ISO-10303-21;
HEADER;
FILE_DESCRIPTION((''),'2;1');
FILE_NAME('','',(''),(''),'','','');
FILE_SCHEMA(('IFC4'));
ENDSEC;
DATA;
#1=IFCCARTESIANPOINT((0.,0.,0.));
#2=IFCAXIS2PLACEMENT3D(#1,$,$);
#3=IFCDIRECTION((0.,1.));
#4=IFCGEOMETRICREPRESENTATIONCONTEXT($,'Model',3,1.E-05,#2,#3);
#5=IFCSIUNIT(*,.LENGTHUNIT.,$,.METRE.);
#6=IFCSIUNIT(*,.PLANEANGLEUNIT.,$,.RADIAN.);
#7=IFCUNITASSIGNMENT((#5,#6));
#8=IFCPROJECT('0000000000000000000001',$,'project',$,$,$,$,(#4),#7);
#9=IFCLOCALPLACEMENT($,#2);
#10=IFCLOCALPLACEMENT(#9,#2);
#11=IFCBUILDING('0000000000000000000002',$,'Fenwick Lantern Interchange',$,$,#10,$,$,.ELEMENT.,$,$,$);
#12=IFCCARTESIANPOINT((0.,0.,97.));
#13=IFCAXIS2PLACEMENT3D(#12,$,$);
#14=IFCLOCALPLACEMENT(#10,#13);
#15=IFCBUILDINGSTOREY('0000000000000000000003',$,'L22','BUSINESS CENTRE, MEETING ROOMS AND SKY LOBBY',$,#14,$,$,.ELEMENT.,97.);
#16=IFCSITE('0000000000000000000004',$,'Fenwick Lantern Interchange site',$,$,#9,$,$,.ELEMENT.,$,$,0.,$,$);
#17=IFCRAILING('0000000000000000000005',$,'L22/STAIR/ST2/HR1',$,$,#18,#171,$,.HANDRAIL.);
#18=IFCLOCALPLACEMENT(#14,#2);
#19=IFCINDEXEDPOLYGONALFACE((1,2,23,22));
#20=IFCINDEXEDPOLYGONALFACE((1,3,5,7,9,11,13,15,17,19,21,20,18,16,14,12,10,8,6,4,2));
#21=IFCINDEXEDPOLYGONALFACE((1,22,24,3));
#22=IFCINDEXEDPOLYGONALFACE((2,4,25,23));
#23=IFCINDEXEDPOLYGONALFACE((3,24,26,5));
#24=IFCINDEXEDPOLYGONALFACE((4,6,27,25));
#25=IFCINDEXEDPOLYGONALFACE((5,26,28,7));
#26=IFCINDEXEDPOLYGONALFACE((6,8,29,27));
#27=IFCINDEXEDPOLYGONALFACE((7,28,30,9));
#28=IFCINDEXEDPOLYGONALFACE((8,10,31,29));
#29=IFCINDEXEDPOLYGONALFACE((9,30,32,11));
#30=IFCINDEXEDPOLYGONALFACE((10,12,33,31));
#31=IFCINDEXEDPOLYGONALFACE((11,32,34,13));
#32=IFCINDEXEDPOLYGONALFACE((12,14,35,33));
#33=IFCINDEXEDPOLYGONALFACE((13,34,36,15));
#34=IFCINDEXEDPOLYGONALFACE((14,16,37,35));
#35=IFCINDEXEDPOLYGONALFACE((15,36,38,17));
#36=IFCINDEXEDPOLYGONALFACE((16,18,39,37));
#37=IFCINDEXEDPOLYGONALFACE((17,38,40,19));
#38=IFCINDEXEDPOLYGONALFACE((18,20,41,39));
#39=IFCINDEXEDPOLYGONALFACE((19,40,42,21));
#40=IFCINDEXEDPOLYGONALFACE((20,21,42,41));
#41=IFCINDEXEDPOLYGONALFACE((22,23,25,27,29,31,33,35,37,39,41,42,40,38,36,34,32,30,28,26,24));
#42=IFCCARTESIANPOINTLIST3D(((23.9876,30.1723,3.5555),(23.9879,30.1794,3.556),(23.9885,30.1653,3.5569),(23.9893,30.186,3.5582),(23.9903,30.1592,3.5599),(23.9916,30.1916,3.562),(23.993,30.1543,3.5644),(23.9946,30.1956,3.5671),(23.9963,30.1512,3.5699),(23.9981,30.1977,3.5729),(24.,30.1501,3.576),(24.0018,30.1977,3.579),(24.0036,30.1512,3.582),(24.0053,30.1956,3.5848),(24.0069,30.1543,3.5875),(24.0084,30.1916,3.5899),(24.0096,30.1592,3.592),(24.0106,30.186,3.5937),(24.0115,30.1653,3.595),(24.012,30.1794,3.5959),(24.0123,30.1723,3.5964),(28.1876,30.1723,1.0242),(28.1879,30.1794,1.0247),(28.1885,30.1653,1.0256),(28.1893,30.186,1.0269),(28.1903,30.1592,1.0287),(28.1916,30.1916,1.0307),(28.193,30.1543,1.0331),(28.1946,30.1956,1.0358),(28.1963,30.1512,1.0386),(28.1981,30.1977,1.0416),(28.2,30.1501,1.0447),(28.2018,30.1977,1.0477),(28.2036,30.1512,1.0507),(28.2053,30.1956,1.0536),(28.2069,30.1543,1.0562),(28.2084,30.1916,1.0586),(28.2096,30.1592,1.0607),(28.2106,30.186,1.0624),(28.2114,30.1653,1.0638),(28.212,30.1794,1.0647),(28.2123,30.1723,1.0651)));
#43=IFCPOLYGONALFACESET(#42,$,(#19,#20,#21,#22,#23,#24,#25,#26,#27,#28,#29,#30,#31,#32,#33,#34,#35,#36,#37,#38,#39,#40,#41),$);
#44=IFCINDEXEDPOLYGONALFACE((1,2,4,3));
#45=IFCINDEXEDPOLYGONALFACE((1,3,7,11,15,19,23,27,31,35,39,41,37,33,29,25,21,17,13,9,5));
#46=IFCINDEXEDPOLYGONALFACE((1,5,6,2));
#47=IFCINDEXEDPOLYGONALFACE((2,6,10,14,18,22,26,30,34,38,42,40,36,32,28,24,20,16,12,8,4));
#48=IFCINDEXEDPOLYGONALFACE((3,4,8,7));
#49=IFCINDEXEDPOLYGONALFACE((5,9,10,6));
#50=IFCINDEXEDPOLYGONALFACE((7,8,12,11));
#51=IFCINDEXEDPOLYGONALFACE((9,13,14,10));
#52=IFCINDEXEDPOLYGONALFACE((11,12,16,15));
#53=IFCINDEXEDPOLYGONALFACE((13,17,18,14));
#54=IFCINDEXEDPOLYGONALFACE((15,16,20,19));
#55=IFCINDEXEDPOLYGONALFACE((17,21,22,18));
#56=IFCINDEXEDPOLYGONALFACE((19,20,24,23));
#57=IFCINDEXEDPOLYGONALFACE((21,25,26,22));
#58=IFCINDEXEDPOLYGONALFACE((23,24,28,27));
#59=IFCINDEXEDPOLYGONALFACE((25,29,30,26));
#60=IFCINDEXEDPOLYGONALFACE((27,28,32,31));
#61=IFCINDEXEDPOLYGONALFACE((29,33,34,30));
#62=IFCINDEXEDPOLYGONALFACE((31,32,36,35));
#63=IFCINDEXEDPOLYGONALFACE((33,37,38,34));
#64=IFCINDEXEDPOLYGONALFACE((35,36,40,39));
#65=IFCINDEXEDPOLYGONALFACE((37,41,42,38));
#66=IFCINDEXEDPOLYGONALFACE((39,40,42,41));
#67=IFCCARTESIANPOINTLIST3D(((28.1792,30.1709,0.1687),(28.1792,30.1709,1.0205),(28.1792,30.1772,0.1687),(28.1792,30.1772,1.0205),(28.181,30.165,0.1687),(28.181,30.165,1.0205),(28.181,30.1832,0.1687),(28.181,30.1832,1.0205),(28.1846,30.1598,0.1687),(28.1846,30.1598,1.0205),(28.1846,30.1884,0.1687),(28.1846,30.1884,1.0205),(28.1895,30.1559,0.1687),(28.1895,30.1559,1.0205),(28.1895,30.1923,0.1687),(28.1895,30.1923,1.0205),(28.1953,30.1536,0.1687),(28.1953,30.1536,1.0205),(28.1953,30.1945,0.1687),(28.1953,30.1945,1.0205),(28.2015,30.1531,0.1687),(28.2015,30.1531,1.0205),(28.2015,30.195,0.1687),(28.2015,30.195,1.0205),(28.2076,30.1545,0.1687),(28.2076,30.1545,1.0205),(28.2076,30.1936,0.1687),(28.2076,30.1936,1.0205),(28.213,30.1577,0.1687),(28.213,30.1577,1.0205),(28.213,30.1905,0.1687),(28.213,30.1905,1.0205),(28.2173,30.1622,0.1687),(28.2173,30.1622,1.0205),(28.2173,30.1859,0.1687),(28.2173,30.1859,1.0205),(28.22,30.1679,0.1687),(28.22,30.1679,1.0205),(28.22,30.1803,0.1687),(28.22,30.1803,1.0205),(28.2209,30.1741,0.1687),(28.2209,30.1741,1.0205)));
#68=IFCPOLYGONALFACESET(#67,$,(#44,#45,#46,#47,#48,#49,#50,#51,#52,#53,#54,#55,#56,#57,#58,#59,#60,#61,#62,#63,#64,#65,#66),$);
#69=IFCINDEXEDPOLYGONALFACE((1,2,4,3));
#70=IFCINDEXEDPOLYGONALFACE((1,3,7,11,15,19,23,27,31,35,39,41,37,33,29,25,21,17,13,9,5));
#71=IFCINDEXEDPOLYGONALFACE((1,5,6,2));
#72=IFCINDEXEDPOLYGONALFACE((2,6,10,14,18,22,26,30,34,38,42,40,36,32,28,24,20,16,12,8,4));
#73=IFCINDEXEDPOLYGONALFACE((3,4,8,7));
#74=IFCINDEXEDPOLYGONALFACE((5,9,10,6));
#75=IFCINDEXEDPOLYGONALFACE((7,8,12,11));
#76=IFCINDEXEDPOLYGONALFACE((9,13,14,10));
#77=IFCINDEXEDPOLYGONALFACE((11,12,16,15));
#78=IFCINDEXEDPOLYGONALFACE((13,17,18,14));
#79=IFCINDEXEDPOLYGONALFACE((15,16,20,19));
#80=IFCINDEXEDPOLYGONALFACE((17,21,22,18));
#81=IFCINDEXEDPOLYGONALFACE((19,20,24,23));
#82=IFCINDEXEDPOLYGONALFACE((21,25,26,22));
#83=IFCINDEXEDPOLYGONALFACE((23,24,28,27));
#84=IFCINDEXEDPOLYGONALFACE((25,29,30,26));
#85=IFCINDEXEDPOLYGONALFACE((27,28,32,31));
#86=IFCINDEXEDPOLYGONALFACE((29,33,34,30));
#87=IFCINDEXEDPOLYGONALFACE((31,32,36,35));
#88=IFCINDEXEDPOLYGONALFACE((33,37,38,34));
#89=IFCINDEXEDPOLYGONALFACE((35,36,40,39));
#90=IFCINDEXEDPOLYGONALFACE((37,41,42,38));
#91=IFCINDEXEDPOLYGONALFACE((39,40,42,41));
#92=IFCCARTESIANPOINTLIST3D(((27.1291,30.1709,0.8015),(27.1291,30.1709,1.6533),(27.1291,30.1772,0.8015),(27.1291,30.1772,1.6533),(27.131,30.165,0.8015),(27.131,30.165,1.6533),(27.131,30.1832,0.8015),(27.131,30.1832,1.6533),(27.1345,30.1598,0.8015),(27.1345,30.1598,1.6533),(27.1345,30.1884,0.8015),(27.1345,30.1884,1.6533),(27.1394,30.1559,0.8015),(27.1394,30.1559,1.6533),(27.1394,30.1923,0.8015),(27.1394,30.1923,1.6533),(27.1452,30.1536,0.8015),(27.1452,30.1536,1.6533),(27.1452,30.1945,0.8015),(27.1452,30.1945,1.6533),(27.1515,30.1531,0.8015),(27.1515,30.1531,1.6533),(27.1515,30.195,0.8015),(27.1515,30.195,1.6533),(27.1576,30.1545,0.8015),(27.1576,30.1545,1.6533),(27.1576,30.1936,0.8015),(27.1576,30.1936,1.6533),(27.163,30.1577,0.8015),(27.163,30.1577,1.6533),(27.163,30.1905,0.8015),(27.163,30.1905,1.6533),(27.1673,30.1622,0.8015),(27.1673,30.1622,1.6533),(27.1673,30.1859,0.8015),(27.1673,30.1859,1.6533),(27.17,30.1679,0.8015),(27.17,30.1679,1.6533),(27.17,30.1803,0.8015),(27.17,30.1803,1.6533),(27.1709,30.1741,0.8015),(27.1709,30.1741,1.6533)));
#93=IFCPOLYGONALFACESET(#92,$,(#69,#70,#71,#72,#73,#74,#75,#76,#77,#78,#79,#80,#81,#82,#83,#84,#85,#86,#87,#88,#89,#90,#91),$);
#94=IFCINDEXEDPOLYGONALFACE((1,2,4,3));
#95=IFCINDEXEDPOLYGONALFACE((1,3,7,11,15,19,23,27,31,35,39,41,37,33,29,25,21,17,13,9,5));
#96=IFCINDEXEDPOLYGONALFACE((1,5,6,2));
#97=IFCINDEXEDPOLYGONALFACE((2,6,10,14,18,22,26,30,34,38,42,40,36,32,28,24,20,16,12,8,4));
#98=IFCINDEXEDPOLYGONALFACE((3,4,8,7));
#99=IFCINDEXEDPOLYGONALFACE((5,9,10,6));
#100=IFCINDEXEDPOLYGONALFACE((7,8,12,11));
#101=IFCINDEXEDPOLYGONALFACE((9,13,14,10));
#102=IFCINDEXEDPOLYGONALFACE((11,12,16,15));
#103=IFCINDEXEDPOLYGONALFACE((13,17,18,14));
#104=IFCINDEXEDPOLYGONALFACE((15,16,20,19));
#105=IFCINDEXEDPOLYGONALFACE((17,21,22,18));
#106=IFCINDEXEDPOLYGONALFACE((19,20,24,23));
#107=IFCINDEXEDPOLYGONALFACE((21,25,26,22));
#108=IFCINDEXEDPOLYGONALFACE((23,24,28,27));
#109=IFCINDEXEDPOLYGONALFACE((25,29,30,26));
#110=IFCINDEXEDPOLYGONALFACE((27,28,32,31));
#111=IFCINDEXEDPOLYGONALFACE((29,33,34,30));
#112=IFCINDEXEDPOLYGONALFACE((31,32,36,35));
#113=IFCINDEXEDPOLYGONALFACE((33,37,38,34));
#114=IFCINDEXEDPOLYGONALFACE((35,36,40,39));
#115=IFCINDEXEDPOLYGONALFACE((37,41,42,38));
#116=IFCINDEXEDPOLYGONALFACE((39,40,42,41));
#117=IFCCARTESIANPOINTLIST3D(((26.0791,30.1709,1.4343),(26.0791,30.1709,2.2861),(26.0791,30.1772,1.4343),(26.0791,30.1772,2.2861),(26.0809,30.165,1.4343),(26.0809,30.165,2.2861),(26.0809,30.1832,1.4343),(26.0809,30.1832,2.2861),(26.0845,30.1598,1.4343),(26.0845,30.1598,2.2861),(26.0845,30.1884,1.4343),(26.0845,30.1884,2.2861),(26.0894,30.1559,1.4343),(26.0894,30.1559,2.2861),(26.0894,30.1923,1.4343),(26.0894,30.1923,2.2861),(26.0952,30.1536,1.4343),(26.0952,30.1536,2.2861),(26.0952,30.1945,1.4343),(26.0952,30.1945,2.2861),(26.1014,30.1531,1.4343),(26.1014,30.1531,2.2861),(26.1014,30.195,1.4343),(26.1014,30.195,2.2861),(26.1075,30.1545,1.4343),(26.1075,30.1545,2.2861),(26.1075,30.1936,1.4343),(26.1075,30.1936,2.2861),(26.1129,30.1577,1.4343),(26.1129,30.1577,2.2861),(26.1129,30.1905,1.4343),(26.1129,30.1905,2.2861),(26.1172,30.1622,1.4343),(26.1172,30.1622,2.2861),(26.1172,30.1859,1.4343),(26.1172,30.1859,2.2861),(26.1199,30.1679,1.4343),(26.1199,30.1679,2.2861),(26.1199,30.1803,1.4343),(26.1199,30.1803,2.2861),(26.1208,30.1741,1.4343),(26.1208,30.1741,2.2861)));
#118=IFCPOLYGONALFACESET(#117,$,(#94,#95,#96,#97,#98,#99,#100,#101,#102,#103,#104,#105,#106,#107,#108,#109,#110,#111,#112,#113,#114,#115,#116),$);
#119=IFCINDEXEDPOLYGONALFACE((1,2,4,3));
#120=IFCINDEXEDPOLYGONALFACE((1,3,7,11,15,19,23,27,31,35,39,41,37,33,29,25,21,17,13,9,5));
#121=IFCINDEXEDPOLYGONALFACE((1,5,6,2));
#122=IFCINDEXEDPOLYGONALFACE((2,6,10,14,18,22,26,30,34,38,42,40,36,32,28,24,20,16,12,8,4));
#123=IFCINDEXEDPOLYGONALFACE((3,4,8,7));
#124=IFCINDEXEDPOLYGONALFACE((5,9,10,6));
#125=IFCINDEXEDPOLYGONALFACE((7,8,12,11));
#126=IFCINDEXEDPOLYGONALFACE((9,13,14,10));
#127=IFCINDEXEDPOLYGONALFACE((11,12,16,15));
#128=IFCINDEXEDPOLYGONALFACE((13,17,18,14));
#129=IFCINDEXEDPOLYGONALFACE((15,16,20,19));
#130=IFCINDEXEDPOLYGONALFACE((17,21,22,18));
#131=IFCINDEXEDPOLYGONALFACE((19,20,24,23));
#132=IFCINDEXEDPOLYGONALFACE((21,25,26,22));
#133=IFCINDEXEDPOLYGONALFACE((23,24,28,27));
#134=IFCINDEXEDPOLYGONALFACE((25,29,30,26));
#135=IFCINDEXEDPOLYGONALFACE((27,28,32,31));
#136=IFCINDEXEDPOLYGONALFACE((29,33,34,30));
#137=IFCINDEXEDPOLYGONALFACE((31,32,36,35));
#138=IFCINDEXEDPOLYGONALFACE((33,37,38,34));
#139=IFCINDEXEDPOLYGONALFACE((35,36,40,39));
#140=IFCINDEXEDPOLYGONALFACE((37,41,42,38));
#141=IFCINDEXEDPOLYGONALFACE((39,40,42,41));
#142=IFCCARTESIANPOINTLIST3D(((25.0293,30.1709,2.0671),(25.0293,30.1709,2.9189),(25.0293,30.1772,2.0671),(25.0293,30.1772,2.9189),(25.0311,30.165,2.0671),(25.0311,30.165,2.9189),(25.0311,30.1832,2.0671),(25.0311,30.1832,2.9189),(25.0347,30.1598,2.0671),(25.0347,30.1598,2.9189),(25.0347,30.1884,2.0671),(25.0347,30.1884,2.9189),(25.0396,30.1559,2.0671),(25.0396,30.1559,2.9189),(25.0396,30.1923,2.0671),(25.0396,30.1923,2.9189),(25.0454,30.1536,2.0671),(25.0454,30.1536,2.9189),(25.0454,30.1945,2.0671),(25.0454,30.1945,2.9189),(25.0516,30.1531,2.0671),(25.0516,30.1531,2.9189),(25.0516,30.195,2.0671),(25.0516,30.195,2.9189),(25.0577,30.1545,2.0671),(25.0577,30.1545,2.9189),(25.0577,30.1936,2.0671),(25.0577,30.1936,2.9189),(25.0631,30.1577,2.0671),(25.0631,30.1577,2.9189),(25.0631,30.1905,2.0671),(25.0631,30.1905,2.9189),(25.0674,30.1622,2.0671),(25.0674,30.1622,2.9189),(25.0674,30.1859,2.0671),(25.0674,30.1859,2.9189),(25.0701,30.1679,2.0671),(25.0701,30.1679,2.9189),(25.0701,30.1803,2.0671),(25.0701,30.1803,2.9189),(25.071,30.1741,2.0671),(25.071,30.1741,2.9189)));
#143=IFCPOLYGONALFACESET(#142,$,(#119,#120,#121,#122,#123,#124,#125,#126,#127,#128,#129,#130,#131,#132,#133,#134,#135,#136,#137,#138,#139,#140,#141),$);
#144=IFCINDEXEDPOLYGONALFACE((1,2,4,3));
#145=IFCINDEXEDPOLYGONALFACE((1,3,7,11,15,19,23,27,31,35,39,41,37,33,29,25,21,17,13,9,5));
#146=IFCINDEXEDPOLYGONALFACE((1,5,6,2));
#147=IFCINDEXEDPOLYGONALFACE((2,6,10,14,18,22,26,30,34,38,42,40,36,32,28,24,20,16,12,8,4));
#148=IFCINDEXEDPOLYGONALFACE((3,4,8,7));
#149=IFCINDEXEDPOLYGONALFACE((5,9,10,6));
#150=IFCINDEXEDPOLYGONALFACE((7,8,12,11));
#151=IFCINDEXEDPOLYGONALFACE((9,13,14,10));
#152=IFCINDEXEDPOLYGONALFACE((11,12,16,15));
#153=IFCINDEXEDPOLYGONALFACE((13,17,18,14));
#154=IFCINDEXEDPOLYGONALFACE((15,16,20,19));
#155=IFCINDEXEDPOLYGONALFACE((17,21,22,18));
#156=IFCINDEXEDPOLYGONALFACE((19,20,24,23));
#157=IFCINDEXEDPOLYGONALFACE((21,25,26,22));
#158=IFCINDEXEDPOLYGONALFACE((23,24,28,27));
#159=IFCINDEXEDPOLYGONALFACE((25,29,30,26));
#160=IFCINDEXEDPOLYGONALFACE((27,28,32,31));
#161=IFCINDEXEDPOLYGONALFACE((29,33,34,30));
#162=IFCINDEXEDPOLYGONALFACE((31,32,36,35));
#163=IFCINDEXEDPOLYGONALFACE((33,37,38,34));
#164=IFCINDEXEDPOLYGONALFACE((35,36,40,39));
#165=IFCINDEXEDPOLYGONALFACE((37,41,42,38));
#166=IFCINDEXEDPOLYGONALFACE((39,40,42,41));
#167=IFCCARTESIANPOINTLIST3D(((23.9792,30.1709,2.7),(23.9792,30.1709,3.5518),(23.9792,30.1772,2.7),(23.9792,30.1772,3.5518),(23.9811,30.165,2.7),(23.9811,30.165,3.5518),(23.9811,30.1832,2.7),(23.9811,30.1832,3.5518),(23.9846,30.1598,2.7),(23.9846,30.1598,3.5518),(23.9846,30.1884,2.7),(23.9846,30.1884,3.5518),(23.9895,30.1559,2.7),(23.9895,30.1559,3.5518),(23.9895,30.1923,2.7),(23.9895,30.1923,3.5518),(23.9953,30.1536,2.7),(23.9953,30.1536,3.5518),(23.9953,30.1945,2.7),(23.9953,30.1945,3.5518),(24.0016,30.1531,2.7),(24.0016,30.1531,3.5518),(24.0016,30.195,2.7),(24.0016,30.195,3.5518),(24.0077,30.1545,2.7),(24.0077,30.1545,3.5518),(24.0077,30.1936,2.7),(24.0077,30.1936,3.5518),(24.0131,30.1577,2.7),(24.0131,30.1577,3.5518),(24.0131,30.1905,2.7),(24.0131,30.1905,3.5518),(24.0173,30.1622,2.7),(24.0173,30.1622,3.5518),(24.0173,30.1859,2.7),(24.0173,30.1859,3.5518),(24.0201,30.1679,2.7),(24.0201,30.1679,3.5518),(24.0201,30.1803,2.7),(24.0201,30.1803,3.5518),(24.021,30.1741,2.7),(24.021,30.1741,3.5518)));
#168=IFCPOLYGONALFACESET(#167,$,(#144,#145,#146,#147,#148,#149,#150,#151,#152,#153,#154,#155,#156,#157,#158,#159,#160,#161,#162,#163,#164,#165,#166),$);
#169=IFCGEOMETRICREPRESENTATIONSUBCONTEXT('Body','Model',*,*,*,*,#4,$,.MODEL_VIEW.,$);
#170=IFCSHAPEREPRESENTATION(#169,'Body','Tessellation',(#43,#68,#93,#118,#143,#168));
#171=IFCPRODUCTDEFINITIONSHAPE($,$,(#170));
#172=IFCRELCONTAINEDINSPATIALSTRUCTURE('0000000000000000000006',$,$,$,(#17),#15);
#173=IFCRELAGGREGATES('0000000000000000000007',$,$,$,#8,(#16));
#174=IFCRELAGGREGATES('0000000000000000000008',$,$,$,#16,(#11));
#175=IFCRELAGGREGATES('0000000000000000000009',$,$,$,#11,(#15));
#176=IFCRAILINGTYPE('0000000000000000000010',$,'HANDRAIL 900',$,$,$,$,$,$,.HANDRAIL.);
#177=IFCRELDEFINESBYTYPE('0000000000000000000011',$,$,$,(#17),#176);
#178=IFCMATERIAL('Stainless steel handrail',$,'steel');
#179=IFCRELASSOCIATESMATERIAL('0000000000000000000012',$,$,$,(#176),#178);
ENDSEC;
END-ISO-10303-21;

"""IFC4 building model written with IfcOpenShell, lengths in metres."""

from ifc_helpers import new_model, si_unit, direction, frame, origin, origin_2d, place, context, subcontext, project, spatial, circle, extrude, material, type_object, element, save


model = new_model("IFC4")

# Units and contexts
model_context = context("Model", 3, precision=1e-05, world=origin(), true_north=direction((0.0, 1.0)))
body_context = subcontext(model_context, "Body", "Model", "MODEL_VIEW")
ifc_project = project(units=[si_unit("LENGTHUNIT", "METRE"), si_unit("PLANEANGLEUNIT", "RADIAN")], contexts=[model_context])

# Site, building, storey
site_placement = place(None, origin())
site = spatial("IfcSite", under=ifc_project, at=site_placement, Name="Fenwick Lantern Interchange site", CompositionType="ELEMENT", RefElevation=0.0)
building_placement = place(site_placement, origin())
building = spatial("IfcBuilding", under=site, at=building_placement, Name="Fenwick Lantern Interchange", CompositionType="ELEMENT")
storey_placement = place(building_placement, frame((0.0, 0.0, 97.0)))
storey = spatial("IfcBuildingStorey", under=building, at=storey_placement, Name="L22", Description="BUSINESS CENTRE, MEETING ROOMS AND SKY LOBBY", CompositionType="ELEMENT", Elevation=97.0)

# Railing
ifc_material_1 = material(Name="Stainless steel handrail", Category="steel")
railing_type = type_object("IfcRailingType", Name="HANDRAIL 900", PredefinedType="HANDRAIL", material=ifc_material_1)
railing_1_placement = place(storey_placement, frame((28.2, 30.1741, 0.1687)))
element("IfcRailing", 1, at=railing_1_placement, inside=storey, type_object=railing_type, Name="L22/STAIR/ST2/HR1", PredefinedType="HANDRAIL", context=body_context, shape_type="SweptSolid", body=[
    extrude(circle(Radius=0.0239, at=origin_2d()), frame((0.0, 0.0, 0.876), z_axis=(-0.856476, 0.0, 0.516186), x_axis=(0.0, -1.0, 0.0)), (0.0, 0.0, 1.0), 4.9038),
    extrude(circle(Radius=0.021, at=origin_2d()), origin(), (0.0, 0.0, 1.0), 0.8518),
    extrude(circle(Radius=0.021, at=origin_2d()), frame((-1.05, 0.0, 0.6328)), (0.0, 0.0, 1.0), 0.8518),
    extrude(circle(Radius=0.021, at=origin_2d()), frame((-2.1001, 0.0, 1.2656)), (0.0, 0.0, 1.0), 0.8518),
    extrude(circle(Radius=0.021, at=origin_2d()), frame((-3.1499, 0.0, 1.8984)), (0.0, 0.0, 1.0), 0.8518),
    extrude(circle(Radius=0.021, at=origin_2d()), frame((-4.2, 0.0, 2.5312)), (0.0, 0.0, 1.0), 0.8518),
])

save(model, "model.ifc")
